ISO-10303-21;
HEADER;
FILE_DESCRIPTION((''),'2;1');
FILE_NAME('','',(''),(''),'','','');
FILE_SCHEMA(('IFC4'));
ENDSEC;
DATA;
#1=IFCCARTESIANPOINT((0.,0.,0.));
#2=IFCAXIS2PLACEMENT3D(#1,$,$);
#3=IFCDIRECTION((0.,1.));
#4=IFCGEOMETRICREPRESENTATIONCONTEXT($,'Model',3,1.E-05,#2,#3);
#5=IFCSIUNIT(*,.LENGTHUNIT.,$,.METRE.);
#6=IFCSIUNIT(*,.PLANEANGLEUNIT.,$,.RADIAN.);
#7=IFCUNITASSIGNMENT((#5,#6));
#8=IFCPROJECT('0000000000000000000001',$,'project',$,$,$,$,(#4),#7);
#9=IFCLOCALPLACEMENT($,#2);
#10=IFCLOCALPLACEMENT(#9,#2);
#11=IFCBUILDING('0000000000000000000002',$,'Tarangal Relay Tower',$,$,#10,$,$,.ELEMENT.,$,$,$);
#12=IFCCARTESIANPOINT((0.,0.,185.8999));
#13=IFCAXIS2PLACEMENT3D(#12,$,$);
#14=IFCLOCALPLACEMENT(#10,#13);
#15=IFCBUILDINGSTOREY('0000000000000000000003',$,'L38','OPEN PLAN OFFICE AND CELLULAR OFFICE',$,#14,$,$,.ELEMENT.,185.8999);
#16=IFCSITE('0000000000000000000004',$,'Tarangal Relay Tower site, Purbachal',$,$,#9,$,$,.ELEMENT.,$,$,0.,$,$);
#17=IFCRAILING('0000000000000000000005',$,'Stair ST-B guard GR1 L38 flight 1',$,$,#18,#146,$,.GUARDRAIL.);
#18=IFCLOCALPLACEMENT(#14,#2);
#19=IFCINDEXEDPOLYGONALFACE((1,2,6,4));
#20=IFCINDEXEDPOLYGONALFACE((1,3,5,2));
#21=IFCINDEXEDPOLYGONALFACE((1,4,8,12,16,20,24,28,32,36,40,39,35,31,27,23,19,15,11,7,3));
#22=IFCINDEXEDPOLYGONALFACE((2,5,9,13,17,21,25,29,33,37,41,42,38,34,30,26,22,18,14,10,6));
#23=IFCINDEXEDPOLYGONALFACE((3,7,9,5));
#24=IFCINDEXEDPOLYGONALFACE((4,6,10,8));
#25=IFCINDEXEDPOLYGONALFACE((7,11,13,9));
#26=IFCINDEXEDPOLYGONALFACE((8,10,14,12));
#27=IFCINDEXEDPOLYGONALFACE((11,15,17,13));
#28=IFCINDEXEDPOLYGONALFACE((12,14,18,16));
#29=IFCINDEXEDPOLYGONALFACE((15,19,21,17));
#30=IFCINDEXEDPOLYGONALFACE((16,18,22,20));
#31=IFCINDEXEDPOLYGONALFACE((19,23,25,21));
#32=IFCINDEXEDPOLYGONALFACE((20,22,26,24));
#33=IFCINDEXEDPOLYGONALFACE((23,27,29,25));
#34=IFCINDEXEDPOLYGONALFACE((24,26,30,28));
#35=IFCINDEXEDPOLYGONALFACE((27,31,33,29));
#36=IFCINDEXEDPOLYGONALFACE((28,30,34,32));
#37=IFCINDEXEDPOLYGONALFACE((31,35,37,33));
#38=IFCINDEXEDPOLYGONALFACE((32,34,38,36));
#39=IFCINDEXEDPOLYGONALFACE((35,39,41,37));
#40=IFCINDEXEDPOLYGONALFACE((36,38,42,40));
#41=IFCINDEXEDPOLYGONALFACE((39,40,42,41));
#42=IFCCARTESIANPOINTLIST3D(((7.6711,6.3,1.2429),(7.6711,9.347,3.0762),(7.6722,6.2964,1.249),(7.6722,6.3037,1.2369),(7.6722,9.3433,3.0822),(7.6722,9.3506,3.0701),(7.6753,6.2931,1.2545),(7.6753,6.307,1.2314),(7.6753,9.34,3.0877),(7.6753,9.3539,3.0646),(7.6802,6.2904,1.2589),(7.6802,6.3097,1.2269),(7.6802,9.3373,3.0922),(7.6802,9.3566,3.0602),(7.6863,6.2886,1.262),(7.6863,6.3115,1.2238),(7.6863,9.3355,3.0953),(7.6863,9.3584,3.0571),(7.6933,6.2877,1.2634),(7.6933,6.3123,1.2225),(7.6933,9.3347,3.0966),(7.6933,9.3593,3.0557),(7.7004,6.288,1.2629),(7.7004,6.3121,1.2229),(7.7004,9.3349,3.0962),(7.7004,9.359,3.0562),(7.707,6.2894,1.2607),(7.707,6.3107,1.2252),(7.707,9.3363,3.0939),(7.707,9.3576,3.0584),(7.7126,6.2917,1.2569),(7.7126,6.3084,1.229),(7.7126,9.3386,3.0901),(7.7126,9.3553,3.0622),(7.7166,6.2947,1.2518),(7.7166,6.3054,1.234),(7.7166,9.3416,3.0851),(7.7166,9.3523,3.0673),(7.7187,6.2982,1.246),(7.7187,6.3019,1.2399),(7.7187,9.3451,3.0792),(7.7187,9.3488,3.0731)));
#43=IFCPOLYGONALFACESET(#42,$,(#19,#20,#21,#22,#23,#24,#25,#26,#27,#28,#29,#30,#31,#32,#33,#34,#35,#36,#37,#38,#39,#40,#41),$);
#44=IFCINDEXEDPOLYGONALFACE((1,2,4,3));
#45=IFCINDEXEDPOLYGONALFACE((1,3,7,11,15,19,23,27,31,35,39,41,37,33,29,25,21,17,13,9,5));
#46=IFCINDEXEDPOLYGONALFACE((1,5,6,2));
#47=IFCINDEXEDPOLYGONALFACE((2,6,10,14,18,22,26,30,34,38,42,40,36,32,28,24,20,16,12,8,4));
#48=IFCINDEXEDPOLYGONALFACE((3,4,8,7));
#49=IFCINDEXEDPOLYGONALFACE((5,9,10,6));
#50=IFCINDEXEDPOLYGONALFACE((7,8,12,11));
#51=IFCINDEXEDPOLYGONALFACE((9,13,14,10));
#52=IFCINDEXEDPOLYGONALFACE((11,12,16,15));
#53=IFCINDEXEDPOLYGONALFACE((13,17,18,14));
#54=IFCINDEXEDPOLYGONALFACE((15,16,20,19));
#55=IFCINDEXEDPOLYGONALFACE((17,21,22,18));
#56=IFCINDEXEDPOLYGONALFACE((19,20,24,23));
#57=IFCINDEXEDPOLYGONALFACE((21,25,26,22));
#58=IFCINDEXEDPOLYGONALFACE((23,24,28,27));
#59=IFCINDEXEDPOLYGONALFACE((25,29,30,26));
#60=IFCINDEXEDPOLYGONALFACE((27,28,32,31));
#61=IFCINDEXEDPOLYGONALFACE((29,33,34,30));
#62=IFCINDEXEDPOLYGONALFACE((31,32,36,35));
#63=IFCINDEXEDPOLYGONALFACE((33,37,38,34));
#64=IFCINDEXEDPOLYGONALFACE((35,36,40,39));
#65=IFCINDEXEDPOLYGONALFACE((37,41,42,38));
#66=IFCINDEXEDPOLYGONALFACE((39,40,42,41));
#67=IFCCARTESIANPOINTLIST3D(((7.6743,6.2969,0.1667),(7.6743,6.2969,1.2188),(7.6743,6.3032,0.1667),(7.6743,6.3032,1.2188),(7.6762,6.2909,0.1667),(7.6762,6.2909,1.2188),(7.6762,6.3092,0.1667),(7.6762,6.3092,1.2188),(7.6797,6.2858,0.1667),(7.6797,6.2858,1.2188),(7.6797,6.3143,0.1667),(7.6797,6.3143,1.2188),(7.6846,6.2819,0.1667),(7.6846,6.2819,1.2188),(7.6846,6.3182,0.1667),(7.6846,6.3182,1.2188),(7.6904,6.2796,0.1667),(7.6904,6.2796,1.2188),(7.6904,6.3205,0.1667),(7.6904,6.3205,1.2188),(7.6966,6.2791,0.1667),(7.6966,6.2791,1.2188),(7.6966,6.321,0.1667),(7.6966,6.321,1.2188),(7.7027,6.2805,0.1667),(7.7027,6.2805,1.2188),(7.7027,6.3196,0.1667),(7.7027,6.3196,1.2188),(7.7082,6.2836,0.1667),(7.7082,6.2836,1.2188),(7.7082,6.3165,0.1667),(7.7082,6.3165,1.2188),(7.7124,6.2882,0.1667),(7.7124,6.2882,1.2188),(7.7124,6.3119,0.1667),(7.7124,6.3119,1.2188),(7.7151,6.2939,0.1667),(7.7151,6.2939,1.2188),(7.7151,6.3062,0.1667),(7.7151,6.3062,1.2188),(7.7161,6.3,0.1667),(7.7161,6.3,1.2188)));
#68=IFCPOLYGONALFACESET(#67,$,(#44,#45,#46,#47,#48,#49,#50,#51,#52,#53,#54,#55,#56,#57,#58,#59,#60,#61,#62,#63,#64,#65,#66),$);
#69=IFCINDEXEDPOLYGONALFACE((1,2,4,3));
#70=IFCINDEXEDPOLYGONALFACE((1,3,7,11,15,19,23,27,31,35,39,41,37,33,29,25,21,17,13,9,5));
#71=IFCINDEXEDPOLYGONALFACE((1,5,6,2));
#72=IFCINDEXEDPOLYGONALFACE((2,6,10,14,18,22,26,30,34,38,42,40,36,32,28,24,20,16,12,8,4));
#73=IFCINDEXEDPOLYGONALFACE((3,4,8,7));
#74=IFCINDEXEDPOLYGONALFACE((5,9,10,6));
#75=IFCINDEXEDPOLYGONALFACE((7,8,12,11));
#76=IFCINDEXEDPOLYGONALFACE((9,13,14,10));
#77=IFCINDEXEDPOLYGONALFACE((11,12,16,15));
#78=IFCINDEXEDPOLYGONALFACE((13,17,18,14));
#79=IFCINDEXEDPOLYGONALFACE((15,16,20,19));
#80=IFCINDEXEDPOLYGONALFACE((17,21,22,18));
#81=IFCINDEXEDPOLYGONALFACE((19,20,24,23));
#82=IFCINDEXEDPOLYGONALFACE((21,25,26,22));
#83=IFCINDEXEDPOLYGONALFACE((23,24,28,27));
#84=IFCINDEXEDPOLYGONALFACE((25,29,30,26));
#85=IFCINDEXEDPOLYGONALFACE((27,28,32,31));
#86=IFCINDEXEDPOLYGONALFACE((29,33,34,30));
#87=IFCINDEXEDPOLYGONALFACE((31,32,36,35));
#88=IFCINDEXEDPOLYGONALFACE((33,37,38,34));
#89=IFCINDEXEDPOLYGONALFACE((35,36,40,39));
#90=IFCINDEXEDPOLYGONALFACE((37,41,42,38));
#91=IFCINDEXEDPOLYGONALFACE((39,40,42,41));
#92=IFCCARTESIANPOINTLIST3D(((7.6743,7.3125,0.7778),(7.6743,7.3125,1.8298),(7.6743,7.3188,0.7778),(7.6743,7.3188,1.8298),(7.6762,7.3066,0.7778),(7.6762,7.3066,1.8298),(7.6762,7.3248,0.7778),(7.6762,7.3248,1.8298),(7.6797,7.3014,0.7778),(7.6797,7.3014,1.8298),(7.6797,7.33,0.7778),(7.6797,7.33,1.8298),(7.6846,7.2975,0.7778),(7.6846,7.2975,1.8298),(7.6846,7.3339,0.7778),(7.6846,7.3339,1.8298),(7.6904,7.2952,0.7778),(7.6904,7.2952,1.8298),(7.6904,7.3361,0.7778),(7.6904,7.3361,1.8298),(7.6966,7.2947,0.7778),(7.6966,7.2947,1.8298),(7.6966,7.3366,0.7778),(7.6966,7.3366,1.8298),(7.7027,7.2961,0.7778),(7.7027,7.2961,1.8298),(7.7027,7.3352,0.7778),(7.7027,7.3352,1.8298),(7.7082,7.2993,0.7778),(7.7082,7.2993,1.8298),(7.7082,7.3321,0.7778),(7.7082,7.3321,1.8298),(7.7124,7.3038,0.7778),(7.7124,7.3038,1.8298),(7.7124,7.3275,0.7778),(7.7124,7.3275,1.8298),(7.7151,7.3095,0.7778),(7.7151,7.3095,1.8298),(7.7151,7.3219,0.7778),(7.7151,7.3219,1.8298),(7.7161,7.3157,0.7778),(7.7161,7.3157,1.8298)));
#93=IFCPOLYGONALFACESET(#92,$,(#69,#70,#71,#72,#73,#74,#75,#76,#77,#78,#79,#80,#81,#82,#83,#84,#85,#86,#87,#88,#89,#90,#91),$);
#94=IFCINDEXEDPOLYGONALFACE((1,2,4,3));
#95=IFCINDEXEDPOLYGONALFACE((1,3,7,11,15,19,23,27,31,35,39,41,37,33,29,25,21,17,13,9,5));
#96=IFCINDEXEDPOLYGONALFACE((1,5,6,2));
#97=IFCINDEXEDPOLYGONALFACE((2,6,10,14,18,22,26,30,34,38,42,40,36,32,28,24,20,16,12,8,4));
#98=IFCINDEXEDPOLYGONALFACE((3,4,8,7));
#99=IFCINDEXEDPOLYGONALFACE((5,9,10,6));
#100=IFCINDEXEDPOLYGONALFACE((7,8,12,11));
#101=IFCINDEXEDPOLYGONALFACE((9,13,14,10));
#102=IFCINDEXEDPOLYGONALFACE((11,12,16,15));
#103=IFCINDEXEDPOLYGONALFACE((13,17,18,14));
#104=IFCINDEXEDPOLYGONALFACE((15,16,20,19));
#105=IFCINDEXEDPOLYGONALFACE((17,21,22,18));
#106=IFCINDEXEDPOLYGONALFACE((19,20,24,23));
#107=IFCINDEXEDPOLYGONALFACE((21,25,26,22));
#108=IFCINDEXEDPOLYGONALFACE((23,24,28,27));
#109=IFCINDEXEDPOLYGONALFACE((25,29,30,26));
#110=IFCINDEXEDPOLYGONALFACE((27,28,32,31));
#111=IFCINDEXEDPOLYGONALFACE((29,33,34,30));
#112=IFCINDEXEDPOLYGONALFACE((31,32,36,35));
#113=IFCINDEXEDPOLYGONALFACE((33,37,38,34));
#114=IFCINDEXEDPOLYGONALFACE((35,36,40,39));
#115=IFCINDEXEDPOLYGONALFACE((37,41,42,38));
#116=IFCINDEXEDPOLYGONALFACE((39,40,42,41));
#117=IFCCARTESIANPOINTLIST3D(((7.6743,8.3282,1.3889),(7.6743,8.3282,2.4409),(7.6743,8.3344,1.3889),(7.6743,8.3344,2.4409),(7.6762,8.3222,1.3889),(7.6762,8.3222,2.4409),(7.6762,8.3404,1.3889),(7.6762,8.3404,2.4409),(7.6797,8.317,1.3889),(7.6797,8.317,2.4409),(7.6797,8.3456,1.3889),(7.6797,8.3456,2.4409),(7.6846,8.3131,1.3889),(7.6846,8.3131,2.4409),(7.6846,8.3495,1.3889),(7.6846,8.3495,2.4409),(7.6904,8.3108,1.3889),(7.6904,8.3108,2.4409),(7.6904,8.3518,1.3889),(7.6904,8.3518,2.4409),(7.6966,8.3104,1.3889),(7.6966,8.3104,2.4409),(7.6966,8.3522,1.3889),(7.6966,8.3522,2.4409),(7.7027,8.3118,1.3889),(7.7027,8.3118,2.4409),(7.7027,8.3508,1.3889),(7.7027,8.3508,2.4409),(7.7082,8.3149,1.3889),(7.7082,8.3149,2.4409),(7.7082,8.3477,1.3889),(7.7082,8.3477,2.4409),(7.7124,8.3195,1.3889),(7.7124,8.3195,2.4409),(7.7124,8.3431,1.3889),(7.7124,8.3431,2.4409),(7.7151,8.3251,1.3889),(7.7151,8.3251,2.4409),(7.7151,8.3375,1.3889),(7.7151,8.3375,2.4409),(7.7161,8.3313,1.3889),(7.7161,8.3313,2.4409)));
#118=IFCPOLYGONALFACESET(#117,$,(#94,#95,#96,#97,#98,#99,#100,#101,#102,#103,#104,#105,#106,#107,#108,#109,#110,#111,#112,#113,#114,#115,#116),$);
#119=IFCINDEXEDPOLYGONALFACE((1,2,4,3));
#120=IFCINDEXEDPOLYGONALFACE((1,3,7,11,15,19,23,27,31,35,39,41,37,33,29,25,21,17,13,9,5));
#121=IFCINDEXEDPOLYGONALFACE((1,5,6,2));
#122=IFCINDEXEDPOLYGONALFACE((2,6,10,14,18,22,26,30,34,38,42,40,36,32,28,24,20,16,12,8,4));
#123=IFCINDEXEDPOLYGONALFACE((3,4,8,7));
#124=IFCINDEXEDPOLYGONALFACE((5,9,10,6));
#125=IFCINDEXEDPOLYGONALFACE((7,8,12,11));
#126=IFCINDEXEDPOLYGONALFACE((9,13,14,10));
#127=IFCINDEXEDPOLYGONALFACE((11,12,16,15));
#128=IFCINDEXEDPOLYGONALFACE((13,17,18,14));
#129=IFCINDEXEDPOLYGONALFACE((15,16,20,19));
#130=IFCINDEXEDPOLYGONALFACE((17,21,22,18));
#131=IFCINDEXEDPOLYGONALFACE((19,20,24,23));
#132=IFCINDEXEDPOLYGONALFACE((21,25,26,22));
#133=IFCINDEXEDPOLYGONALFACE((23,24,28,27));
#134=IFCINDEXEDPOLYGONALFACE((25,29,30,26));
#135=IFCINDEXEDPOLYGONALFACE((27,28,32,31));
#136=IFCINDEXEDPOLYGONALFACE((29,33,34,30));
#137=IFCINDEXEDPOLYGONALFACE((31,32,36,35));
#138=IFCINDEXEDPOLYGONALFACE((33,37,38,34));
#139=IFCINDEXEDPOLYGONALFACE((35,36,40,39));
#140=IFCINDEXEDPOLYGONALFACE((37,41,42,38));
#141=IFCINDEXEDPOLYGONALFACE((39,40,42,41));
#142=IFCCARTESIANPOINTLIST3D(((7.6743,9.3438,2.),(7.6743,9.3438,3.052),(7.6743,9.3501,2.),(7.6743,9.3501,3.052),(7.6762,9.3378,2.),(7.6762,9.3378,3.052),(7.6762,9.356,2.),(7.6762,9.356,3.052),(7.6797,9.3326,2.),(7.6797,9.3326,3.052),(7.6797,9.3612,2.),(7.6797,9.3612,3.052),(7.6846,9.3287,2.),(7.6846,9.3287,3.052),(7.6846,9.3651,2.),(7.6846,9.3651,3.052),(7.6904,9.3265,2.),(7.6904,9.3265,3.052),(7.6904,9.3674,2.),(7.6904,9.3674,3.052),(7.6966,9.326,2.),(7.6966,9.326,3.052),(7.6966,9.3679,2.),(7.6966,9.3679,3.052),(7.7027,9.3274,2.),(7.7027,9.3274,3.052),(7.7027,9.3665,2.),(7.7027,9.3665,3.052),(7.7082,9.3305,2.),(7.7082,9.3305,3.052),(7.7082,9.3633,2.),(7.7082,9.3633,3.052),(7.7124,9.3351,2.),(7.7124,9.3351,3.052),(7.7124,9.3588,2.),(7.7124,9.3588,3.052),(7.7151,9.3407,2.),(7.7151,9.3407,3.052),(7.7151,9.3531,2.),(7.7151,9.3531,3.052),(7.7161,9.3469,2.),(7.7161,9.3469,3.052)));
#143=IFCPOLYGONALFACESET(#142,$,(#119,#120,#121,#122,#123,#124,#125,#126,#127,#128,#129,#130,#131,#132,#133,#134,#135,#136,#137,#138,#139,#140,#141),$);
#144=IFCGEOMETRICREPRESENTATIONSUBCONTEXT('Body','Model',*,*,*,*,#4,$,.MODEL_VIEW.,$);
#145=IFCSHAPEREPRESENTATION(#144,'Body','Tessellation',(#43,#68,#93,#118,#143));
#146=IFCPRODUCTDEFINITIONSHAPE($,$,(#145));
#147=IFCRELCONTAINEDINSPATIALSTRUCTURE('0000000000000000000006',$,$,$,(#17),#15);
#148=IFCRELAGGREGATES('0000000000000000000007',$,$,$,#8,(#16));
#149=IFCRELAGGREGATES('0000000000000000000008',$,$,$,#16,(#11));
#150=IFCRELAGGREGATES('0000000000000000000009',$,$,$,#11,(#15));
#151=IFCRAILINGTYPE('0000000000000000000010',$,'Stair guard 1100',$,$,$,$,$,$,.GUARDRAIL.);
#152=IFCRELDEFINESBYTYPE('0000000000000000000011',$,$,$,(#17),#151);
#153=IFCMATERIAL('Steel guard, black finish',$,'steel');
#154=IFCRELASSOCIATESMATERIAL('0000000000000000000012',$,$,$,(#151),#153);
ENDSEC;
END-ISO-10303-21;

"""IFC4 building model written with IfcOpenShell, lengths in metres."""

from ifc_helpers import new_model, si_unit, direction, frame, origin, origin_2d, place, context, subcontext, project, spatial, circle, extrude, material, type_object, element, save


model = new_model("IFC4")

# Units and contexts
model_context = context("Model", 3, precision=1e-05, world=origin(), true_north=direction((0.0, 1.0)))
body_context = subcontext(model_context, "Body", "Model", "MODEL_VIEW")
ifc_project = project(units=[si_unit("LENGTHUNIT", "METRE"), si_unit("PLANEANGLEUNIT", "RADIAN")], contexts=[model_context])

# Site, building, storey
site_placement = place(None, origin())
site = spatial("IfcSite", under=ifc_project, at=site_placement, Name="Tarangal Relay Tower site, Purbachal", CompositionType="ELEMENT", RefElevation=0.0)
building_placement = place(site_placement, origin())
building = spatial("IfcBuilding", under=site, at=building_placement, Name="Tarangal Relay Tower", CompositionType="ELEMENT")
storey_placement = place(building_placement, frame((0.0, 0.0, 185.8999)))
storey = spatial("IfcBuildingStorey", under=building, at=storey_placement, Name="L38", Description="OPEN PLAN OFFICE AND CELLULAR OFFICE", CompositionType="ELEMENT", Elevation=185.8999)

# Railing
ifc_material_1 = material(Name="Steel guard, black finish", Category="steel")
railing_type_1 = type_object("IfcRailingType", Name="Stair guard 1100", PredefinedType="GUARDRAIL", material=ifc_material_1)
railing_1_placement = place(storey_placement, frame((7.6951, 6.3, 0.1667)))
element("IfcRailing", 1, at=railing_1_placement, inside=storey, type_object=railing_type_1, Name="Stair ST-B guard GR1 L38 flight 1", PredefinedType="GUARDRAIL", context=body_context, shape_type="SweptSolid", body=[
    extrude(circle(Radius=0.0239, at=origin_2d()), frame((0.0, 0.0, 1.0762), z_axis=(0.0, 0.856856, 0.515556), x_axis=(-1.0, 0.0, 0.0)), (0.0, 0.0, 1.0), 3.5559),
    extrude(circle(Radius=0.021, at=origin_2d()), origin(), (0.0, 0.0, 1.0), 1.052),
    extrude(circle(Radius=0.021, at=origin_2d()), frame((0.0, 1.0156, 0.6111)), (0.0, 0.0, 1.0), 1.052),
    extrude(circle(Radius=0.021, at=origin_2d()), frame((0.0, 2.0312, 1.2222)), (0.0, 0.0, 1.0), 1.052),
    extrude(circle(Radius=0.021, at=origin_2d()), frame((0.0, 3.0469, 1.8333)), (0.0, 0.0, 1.0), 1.052),
])

save(model, "model.ifc")
